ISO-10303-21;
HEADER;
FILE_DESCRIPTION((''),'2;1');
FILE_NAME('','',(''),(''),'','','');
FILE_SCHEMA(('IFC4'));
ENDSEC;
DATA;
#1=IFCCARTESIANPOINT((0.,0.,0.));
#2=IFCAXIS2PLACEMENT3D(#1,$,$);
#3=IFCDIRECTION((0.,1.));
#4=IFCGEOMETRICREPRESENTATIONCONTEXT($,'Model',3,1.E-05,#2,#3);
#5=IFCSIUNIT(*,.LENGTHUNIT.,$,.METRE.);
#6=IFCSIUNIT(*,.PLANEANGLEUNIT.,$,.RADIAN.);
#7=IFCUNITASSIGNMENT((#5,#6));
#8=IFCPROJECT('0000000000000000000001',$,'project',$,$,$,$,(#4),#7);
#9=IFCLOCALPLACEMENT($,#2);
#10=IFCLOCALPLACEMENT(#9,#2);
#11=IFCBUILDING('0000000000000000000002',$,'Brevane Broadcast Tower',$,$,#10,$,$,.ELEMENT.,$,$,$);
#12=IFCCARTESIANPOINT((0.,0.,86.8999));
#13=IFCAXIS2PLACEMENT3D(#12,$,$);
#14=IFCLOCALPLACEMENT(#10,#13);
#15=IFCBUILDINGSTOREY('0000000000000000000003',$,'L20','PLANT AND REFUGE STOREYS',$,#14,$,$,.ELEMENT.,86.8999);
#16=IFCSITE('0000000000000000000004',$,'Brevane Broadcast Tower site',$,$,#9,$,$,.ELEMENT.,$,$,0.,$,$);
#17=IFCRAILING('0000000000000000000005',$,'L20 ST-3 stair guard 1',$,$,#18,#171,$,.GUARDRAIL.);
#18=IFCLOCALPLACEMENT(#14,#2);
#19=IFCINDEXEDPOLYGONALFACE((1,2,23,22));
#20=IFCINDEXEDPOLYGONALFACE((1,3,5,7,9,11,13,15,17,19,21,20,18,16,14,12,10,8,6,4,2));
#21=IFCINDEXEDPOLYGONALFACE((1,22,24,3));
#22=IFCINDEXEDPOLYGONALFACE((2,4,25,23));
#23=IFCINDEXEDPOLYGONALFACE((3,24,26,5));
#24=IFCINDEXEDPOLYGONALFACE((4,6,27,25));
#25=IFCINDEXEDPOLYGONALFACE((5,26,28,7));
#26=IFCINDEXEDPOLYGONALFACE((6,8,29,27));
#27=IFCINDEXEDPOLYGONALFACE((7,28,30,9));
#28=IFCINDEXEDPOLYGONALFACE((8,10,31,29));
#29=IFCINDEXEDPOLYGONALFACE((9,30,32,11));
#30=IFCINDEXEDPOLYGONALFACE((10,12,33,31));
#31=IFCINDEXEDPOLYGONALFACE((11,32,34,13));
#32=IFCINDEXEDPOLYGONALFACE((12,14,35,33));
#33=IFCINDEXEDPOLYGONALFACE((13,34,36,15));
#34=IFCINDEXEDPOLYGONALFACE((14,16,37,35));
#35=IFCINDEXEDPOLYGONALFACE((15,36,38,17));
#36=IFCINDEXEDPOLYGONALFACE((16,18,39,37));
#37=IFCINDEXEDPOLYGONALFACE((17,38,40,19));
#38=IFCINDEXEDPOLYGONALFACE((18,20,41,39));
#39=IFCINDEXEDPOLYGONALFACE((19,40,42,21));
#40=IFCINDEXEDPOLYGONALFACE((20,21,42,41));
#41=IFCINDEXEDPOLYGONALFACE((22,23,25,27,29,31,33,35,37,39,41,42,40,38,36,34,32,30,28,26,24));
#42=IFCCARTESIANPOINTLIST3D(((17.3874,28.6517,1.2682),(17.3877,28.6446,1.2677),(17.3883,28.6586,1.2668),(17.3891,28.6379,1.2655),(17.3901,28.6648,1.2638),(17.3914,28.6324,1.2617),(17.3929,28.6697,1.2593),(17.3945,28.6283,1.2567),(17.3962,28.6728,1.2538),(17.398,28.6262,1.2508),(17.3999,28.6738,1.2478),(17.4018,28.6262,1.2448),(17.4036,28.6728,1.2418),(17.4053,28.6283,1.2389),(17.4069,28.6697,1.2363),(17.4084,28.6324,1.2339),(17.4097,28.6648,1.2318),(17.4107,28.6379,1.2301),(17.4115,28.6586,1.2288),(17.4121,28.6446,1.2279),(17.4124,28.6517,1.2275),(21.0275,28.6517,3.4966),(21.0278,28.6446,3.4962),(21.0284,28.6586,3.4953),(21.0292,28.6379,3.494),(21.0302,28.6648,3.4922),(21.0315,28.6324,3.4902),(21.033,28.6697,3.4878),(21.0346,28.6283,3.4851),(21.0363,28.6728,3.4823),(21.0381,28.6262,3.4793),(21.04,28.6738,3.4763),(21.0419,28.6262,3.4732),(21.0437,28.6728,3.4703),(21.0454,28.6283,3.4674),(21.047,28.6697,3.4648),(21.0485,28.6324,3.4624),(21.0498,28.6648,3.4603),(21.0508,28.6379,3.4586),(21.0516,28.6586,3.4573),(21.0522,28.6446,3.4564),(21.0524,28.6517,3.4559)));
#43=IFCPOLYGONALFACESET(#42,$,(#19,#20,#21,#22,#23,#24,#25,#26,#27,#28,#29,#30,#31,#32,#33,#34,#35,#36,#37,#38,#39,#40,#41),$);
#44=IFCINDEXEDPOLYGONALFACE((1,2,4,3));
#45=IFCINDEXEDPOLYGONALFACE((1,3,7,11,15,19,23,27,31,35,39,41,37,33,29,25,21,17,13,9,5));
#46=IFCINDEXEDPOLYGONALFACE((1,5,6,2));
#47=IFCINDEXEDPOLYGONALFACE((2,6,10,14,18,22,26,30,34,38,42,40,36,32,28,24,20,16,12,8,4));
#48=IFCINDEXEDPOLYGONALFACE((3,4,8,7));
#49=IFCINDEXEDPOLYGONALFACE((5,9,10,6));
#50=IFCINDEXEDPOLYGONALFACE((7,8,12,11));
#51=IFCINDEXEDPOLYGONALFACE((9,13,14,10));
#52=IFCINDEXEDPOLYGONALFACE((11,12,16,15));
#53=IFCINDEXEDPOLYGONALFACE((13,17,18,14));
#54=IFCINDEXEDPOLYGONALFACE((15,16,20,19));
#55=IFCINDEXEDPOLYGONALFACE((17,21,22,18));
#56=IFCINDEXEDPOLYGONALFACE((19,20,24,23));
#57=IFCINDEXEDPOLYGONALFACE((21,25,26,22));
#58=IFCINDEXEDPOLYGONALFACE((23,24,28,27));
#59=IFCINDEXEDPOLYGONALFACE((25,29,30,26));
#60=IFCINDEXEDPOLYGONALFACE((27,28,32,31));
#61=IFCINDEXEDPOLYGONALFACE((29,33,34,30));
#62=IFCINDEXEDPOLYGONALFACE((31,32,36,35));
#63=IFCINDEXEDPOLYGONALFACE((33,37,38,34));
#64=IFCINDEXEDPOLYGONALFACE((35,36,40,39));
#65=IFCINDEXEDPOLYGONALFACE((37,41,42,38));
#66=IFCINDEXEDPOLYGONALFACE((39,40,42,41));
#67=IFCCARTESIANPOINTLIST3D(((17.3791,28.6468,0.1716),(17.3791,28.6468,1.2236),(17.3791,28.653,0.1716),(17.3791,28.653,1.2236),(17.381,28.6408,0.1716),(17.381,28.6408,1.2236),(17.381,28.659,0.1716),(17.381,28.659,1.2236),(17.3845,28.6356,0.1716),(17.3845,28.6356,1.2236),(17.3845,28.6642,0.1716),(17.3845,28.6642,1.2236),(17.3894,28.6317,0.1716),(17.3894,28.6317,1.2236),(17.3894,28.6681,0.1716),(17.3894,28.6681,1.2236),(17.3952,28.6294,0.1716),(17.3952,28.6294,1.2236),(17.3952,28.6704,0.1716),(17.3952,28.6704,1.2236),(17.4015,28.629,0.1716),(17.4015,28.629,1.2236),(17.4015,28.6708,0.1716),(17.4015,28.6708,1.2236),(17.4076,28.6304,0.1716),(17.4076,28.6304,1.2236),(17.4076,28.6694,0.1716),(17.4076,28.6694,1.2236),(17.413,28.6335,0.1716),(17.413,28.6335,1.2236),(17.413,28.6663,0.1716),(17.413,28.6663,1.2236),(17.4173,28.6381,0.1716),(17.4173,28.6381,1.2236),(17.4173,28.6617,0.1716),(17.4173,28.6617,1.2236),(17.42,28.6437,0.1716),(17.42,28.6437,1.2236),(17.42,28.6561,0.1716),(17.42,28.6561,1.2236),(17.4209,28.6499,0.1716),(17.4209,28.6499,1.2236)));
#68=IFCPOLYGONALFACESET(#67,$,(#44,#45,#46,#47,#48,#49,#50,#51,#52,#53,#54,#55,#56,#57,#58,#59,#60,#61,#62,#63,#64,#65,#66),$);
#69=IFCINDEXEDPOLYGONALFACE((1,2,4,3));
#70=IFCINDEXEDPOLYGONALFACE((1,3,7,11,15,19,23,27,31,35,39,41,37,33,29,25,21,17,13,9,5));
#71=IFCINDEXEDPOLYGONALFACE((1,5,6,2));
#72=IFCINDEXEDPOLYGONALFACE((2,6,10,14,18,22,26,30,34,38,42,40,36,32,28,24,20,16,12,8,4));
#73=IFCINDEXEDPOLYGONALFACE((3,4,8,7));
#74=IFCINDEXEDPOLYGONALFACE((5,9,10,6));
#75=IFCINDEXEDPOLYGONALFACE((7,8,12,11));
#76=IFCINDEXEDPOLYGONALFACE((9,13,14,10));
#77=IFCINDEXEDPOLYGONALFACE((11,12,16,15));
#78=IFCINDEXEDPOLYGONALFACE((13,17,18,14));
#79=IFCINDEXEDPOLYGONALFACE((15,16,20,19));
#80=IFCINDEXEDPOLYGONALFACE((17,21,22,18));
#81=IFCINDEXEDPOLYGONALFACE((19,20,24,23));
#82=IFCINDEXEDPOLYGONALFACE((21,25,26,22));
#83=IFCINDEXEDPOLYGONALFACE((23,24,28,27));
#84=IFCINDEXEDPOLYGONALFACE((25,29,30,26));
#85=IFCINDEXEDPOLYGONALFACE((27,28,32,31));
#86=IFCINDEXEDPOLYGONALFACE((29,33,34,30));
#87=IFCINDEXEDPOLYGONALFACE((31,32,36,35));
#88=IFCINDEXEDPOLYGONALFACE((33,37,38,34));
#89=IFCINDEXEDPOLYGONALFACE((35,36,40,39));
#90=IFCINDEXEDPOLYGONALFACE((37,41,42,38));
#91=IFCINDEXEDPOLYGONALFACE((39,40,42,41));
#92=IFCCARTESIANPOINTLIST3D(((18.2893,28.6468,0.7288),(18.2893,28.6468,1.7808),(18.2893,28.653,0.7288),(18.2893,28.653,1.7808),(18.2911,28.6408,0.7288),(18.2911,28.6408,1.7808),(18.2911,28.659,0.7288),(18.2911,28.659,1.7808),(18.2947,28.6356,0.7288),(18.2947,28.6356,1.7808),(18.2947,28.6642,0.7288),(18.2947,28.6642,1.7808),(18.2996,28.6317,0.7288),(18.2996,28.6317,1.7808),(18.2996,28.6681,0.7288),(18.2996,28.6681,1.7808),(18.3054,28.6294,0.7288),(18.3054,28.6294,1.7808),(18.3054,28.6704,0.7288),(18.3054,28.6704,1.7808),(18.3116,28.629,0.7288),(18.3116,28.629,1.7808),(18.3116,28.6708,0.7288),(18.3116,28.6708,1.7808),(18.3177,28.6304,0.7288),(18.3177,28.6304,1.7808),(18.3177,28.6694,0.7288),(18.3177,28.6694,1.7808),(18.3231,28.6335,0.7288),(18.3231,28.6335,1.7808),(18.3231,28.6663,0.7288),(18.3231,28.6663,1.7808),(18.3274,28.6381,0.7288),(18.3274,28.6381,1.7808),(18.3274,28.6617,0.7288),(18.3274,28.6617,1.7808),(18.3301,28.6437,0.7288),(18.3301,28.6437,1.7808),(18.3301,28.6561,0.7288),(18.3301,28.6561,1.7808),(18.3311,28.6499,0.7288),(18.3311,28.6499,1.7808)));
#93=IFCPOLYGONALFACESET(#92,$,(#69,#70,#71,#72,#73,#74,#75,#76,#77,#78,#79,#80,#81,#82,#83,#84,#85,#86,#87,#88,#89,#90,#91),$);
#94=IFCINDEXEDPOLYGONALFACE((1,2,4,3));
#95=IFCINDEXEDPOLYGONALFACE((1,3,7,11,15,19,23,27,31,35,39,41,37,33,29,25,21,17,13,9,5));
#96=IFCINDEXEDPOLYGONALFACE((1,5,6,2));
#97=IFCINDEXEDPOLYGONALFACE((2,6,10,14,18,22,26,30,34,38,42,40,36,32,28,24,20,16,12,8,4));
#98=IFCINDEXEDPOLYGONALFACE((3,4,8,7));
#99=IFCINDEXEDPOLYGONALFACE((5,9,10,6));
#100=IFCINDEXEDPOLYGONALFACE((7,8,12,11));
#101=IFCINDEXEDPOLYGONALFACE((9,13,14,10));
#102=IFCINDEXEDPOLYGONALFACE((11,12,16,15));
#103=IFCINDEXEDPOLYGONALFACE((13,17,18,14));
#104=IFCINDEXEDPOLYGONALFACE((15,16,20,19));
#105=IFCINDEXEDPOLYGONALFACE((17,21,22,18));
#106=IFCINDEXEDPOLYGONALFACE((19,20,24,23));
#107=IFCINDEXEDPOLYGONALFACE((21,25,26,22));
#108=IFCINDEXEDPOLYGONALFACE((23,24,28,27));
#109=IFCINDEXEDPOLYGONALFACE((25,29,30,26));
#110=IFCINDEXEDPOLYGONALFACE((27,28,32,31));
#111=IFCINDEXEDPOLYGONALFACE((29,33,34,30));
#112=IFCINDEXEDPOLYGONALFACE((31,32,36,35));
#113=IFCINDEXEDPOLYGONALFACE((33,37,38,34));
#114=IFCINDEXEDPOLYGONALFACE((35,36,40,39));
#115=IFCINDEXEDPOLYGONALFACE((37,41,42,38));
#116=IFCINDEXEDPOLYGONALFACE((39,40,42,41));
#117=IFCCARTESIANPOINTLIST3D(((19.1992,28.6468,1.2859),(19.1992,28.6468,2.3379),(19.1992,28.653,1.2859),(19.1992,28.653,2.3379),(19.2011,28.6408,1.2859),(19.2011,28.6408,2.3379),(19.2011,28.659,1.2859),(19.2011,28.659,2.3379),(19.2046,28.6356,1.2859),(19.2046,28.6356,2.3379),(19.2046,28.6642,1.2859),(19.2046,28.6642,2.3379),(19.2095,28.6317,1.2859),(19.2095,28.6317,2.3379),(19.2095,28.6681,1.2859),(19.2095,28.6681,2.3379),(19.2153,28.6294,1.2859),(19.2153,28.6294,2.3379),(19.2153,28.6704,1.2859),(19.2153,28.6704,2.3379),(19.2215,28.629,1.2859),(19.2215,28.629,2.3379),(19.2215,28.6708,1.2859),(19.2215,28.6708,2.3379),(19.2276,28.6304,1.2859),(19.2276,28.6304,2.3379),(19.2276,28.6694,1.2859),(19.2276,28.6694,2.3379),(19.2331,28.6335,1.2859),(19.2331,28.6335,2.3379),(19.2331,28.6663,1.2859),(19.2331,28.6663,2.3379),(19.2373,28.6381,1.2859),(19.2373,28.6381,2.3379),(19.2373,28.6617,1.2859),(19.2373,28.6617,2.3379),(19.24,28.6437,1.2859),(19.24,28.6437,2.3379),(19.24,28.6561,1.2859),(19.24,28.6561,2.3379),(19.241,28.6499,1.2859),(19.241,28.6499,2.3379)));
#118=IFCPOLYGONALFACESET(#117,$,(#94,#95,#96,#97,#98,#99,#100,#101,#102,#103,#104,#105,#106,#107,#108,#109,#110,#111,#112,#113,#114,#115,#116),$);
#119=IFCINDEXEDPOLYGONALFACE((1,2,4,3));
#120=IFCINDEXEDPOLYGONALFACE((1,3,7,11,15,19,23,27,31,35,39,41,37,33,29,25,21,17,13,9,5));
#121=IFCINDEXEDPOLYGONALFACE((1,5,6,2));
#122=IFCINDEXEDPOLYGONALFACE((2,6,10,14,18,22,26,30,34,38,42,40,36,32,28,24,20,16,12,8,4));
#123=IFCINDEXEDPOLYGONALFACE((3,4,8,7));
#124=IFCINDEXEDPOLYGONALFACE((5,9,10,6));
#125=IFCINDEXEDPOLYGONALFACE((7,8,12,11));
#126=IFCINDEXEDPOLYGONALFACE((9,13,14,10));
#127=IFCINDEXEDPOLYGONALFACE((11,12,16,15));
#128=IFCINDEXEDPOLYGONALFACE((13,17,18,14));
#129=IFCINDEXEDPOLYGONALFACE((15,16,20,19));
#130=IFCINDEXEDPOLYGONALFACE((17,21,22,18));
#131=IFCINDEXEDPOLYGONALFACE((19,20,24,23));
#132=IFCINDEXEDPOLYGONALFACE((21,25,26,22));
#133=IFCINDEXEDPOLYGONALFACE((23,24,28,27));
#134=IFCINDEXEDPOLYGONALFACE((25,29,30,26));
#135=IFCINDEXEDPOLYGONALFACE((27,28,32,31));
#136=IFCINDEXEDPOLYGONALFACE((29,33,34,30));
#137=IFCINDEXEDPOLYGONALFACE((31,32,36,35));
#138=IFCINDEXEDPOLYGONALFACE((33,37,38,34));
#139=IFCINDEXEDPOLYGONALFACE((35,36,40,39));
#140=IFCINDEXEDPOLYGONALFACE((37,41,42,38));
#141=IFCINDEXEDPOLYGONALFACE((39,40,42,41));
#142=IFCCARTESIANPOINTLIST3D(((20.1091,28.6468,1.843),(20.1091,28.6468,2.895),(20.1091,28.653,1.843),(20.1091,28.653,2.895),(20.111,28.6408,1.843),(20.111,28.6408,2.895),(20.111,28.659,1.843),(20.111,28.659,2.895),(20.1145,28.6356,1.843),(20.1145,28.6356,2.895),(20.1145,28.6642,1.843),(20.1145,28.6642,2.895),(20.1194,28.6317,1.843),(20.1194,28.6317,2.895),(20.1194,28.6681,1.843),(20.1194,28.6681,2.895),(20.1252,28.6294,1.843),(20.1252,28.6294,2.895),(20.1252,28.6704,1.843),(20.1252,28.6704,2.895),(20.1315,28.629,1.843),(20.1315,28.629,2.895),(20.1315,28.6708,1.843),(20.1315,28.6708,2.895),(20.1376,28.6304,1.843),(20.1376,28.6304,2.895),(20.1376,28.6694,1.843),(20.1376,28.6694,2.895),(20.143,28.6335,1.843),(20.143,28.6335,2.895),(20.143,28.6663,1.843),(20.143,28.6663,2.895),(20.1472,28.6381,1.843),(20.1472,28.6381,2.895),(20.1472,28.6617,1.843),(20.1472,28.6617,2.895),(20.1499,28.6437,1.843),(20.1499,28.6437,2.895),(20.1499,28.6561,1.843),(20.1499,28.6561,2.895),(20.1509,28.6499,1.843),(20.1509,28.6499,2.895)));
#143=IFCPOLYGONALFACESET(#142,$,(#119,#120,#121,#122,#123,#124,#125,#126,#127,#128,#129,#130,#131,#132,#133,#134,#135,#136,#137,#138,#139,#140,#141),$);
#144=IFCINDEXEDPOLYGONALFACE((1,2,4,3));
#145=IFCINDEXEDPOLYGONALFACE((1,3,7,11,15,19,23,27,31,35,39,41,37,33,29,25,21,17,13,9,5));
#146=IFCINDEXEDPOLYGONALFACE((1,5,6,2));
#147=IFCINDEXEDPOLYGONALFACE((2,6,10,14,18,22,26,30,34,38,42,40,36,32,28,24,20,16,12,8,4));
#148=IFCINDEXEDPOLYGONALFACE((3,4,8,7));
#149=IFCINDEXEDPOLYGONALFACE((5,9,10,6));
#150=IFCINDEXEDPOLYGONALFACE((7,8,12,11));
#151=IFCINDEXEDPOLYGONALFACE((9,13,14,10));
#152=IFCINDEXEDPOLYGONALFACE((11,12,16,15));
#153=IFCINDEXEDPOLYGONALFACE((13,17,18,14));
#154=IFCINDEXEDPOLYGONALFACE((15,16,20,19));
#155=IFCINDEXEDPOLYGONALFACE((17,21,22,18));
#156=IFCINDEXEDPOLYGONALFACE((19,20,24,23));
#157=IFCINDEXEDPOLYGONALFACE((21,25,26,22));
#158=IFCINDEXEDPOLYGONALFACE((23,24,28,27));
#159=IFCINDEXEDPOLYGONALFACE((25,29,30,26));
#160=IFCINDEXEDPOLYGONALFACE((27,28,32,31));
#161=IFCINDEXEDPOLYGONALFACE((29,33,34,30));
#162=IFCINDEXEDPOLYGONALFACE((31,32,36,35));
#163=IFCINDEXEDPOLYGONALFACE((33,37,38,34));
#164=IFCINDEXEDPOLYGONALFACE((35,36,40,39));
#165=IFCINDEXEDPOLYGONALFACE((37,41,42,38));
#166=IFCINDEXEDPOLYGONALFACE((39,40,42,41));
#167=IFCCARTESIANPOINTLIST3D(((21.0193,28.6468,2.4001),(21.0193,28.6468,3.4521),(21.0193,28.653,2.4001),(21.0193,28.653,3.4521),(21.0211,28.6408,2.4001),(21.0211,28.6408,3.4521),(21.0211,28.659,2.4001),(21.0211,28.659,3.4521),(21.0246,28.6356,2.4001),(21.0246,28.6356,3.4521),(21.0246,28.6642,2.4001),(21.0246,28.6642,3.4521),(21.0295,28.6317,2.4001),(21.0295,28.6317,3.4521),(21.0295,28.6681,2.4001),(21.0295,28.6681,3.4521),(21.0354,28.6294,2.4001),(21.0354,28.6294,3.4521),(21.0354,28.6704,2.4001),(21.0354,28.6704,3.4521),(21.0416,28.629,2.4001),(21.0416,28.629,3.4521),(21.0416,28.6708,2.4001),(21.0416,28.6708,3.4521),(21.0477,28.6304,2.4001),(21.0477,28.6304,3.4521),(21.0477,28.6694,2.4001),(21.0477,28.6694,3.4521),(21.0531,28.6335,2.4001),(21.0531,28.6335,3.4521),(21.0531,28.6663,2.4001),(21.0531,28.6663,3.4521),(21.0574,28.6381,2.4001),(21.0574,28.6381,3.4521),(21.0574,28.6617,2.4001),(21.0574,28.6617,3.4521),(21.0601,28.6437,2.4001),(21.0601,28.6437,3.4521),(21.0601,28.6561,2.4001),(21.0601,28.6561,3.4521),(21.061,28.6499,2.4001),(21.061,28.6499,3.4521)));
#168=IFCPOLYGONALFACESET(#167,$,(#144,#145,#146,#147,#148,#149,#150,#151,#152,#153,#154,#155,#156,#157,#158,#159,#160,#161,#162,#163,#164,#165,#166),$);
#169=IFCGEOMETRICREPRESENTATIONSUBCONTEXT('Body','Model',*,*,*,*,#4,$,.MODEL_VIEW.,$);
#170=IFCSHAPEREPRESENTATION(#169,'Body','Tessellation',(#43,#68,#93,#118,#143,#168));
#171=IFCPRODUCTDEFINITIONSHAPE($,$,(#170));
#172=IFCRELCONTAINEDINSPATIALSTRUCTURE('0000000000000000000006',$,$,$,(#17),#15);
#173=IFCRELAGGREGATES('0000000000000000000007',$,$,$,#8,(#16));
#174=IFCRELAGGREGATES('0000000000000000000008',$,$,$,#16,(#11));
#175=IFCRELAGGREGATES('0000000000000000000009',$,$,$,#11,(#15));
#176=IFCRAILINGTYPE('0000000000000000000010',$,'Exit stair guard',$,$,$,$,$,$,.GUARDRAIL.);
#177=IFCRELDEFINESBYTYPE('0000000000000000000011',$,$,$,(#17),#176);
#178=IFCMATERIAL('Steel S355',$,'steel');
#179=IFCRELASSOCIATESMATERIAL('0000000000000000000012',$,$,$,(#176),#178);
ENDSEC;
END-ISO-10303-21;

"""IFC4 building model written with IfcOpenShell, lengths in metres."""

from ifc_helpers import new_model, si_unit, direction, frame, origin, origin_2d, place, context, subcontext, project, spatial, circle, extrude, material, type_object, element, save


model = new_model("IFC4")

# Units and contexts
model_context = context("Model", 3, precision=1e-05, world=origin(), true_north=direction((0.0, 1.0)))
body_context = subcontext(model_context, "Body", "Model", "MODEL_VIEW")
ifc_project = project(units=[si_unit("LENGTHUNIT", "METRE"), si_unit("PLANEANGLEUNIT", "RADIAN")], contexts=[model_context])

# Site, building, storey
site_placement = place(None, origin())
site = spatial("IfcSite", under=ifc_project, at=site_placement, Name="Brevane Broadcast Tower site", CompositionType="ELEMENT", RefElevation=0.0)
building_placement = place(site_placement, origin())
building = spatial("IfcBuilding", under=site, at=building_placement, Name="Brevane Broadcast Tower", CompositionType="ELEMENT")
storey_placement = place(building_placement, frame((0.0, 0.0, 86.8999)))
storey = spatial("IfcBuildingStorey", under=building, at=storey_placement, Name="L20", Description="PLANT AND REFUGE STOREYS", CompositionType="ELEMENT", Elevation=86.8999)

# Shared definitions
ifc_material_1 = material(Name="Steel S355", Category="steel")

# Railing
railing_type_1 = type_object("IfcRailingType", Name="Exit stair guard", PredefinedType="GUARDRAIL", material=ifc_material_1)
railing_1_placement = place(storey_placement, frame((17.3999, 28.6499, 0.1716)))
element("IfcRailing", 1, at=railing_1_placement, inside=storey, type_object=railing_type_1, Name="L20 ST-3 stair guard 1", PredefinedType="GUARDRAIL", context=body_context, shape_type="SweptSolid", body=[
    extrude(circle(Radius=0.0239, at=origin_2d()), frame((0.0, 0.0, 1.0762), z_axis=(0.852866, 0.0, 0.52213), x_axis=(0.0, 1.0, 0.0)), (0.0, 0.0, 1.0), 4.2681),
    extrude(circle(Radius=0.021, at=origin_2d()), origin(), (0.0, 0.0, 1.0), 1.052),
    extrude(circle(Radius=0.021, at=origin_2d()), frame((0.9102, 0.0, 0.5571)), (0.0, 0.0, 1.0), 1.052),
    extrude(circle(Radius=0.021, at=origin_2d()), frame((1.8201, 0.0, 1.1143)), (0.0, 0.0, 1.0), 1.052),
    extrude(circle(Radius=0.021, at=origin_2d()), frame((2.73, 0.0, 1.6714)), (0.0, 0.0, 1.0), 1.052),
    extrude(circle(Radius=0.021, at=origin_2d()), frame((3.6401, 0.0, 2.2285)), (0.0, 0.0, 1.0), 1.052),
])

save(model, "model.ifc")
